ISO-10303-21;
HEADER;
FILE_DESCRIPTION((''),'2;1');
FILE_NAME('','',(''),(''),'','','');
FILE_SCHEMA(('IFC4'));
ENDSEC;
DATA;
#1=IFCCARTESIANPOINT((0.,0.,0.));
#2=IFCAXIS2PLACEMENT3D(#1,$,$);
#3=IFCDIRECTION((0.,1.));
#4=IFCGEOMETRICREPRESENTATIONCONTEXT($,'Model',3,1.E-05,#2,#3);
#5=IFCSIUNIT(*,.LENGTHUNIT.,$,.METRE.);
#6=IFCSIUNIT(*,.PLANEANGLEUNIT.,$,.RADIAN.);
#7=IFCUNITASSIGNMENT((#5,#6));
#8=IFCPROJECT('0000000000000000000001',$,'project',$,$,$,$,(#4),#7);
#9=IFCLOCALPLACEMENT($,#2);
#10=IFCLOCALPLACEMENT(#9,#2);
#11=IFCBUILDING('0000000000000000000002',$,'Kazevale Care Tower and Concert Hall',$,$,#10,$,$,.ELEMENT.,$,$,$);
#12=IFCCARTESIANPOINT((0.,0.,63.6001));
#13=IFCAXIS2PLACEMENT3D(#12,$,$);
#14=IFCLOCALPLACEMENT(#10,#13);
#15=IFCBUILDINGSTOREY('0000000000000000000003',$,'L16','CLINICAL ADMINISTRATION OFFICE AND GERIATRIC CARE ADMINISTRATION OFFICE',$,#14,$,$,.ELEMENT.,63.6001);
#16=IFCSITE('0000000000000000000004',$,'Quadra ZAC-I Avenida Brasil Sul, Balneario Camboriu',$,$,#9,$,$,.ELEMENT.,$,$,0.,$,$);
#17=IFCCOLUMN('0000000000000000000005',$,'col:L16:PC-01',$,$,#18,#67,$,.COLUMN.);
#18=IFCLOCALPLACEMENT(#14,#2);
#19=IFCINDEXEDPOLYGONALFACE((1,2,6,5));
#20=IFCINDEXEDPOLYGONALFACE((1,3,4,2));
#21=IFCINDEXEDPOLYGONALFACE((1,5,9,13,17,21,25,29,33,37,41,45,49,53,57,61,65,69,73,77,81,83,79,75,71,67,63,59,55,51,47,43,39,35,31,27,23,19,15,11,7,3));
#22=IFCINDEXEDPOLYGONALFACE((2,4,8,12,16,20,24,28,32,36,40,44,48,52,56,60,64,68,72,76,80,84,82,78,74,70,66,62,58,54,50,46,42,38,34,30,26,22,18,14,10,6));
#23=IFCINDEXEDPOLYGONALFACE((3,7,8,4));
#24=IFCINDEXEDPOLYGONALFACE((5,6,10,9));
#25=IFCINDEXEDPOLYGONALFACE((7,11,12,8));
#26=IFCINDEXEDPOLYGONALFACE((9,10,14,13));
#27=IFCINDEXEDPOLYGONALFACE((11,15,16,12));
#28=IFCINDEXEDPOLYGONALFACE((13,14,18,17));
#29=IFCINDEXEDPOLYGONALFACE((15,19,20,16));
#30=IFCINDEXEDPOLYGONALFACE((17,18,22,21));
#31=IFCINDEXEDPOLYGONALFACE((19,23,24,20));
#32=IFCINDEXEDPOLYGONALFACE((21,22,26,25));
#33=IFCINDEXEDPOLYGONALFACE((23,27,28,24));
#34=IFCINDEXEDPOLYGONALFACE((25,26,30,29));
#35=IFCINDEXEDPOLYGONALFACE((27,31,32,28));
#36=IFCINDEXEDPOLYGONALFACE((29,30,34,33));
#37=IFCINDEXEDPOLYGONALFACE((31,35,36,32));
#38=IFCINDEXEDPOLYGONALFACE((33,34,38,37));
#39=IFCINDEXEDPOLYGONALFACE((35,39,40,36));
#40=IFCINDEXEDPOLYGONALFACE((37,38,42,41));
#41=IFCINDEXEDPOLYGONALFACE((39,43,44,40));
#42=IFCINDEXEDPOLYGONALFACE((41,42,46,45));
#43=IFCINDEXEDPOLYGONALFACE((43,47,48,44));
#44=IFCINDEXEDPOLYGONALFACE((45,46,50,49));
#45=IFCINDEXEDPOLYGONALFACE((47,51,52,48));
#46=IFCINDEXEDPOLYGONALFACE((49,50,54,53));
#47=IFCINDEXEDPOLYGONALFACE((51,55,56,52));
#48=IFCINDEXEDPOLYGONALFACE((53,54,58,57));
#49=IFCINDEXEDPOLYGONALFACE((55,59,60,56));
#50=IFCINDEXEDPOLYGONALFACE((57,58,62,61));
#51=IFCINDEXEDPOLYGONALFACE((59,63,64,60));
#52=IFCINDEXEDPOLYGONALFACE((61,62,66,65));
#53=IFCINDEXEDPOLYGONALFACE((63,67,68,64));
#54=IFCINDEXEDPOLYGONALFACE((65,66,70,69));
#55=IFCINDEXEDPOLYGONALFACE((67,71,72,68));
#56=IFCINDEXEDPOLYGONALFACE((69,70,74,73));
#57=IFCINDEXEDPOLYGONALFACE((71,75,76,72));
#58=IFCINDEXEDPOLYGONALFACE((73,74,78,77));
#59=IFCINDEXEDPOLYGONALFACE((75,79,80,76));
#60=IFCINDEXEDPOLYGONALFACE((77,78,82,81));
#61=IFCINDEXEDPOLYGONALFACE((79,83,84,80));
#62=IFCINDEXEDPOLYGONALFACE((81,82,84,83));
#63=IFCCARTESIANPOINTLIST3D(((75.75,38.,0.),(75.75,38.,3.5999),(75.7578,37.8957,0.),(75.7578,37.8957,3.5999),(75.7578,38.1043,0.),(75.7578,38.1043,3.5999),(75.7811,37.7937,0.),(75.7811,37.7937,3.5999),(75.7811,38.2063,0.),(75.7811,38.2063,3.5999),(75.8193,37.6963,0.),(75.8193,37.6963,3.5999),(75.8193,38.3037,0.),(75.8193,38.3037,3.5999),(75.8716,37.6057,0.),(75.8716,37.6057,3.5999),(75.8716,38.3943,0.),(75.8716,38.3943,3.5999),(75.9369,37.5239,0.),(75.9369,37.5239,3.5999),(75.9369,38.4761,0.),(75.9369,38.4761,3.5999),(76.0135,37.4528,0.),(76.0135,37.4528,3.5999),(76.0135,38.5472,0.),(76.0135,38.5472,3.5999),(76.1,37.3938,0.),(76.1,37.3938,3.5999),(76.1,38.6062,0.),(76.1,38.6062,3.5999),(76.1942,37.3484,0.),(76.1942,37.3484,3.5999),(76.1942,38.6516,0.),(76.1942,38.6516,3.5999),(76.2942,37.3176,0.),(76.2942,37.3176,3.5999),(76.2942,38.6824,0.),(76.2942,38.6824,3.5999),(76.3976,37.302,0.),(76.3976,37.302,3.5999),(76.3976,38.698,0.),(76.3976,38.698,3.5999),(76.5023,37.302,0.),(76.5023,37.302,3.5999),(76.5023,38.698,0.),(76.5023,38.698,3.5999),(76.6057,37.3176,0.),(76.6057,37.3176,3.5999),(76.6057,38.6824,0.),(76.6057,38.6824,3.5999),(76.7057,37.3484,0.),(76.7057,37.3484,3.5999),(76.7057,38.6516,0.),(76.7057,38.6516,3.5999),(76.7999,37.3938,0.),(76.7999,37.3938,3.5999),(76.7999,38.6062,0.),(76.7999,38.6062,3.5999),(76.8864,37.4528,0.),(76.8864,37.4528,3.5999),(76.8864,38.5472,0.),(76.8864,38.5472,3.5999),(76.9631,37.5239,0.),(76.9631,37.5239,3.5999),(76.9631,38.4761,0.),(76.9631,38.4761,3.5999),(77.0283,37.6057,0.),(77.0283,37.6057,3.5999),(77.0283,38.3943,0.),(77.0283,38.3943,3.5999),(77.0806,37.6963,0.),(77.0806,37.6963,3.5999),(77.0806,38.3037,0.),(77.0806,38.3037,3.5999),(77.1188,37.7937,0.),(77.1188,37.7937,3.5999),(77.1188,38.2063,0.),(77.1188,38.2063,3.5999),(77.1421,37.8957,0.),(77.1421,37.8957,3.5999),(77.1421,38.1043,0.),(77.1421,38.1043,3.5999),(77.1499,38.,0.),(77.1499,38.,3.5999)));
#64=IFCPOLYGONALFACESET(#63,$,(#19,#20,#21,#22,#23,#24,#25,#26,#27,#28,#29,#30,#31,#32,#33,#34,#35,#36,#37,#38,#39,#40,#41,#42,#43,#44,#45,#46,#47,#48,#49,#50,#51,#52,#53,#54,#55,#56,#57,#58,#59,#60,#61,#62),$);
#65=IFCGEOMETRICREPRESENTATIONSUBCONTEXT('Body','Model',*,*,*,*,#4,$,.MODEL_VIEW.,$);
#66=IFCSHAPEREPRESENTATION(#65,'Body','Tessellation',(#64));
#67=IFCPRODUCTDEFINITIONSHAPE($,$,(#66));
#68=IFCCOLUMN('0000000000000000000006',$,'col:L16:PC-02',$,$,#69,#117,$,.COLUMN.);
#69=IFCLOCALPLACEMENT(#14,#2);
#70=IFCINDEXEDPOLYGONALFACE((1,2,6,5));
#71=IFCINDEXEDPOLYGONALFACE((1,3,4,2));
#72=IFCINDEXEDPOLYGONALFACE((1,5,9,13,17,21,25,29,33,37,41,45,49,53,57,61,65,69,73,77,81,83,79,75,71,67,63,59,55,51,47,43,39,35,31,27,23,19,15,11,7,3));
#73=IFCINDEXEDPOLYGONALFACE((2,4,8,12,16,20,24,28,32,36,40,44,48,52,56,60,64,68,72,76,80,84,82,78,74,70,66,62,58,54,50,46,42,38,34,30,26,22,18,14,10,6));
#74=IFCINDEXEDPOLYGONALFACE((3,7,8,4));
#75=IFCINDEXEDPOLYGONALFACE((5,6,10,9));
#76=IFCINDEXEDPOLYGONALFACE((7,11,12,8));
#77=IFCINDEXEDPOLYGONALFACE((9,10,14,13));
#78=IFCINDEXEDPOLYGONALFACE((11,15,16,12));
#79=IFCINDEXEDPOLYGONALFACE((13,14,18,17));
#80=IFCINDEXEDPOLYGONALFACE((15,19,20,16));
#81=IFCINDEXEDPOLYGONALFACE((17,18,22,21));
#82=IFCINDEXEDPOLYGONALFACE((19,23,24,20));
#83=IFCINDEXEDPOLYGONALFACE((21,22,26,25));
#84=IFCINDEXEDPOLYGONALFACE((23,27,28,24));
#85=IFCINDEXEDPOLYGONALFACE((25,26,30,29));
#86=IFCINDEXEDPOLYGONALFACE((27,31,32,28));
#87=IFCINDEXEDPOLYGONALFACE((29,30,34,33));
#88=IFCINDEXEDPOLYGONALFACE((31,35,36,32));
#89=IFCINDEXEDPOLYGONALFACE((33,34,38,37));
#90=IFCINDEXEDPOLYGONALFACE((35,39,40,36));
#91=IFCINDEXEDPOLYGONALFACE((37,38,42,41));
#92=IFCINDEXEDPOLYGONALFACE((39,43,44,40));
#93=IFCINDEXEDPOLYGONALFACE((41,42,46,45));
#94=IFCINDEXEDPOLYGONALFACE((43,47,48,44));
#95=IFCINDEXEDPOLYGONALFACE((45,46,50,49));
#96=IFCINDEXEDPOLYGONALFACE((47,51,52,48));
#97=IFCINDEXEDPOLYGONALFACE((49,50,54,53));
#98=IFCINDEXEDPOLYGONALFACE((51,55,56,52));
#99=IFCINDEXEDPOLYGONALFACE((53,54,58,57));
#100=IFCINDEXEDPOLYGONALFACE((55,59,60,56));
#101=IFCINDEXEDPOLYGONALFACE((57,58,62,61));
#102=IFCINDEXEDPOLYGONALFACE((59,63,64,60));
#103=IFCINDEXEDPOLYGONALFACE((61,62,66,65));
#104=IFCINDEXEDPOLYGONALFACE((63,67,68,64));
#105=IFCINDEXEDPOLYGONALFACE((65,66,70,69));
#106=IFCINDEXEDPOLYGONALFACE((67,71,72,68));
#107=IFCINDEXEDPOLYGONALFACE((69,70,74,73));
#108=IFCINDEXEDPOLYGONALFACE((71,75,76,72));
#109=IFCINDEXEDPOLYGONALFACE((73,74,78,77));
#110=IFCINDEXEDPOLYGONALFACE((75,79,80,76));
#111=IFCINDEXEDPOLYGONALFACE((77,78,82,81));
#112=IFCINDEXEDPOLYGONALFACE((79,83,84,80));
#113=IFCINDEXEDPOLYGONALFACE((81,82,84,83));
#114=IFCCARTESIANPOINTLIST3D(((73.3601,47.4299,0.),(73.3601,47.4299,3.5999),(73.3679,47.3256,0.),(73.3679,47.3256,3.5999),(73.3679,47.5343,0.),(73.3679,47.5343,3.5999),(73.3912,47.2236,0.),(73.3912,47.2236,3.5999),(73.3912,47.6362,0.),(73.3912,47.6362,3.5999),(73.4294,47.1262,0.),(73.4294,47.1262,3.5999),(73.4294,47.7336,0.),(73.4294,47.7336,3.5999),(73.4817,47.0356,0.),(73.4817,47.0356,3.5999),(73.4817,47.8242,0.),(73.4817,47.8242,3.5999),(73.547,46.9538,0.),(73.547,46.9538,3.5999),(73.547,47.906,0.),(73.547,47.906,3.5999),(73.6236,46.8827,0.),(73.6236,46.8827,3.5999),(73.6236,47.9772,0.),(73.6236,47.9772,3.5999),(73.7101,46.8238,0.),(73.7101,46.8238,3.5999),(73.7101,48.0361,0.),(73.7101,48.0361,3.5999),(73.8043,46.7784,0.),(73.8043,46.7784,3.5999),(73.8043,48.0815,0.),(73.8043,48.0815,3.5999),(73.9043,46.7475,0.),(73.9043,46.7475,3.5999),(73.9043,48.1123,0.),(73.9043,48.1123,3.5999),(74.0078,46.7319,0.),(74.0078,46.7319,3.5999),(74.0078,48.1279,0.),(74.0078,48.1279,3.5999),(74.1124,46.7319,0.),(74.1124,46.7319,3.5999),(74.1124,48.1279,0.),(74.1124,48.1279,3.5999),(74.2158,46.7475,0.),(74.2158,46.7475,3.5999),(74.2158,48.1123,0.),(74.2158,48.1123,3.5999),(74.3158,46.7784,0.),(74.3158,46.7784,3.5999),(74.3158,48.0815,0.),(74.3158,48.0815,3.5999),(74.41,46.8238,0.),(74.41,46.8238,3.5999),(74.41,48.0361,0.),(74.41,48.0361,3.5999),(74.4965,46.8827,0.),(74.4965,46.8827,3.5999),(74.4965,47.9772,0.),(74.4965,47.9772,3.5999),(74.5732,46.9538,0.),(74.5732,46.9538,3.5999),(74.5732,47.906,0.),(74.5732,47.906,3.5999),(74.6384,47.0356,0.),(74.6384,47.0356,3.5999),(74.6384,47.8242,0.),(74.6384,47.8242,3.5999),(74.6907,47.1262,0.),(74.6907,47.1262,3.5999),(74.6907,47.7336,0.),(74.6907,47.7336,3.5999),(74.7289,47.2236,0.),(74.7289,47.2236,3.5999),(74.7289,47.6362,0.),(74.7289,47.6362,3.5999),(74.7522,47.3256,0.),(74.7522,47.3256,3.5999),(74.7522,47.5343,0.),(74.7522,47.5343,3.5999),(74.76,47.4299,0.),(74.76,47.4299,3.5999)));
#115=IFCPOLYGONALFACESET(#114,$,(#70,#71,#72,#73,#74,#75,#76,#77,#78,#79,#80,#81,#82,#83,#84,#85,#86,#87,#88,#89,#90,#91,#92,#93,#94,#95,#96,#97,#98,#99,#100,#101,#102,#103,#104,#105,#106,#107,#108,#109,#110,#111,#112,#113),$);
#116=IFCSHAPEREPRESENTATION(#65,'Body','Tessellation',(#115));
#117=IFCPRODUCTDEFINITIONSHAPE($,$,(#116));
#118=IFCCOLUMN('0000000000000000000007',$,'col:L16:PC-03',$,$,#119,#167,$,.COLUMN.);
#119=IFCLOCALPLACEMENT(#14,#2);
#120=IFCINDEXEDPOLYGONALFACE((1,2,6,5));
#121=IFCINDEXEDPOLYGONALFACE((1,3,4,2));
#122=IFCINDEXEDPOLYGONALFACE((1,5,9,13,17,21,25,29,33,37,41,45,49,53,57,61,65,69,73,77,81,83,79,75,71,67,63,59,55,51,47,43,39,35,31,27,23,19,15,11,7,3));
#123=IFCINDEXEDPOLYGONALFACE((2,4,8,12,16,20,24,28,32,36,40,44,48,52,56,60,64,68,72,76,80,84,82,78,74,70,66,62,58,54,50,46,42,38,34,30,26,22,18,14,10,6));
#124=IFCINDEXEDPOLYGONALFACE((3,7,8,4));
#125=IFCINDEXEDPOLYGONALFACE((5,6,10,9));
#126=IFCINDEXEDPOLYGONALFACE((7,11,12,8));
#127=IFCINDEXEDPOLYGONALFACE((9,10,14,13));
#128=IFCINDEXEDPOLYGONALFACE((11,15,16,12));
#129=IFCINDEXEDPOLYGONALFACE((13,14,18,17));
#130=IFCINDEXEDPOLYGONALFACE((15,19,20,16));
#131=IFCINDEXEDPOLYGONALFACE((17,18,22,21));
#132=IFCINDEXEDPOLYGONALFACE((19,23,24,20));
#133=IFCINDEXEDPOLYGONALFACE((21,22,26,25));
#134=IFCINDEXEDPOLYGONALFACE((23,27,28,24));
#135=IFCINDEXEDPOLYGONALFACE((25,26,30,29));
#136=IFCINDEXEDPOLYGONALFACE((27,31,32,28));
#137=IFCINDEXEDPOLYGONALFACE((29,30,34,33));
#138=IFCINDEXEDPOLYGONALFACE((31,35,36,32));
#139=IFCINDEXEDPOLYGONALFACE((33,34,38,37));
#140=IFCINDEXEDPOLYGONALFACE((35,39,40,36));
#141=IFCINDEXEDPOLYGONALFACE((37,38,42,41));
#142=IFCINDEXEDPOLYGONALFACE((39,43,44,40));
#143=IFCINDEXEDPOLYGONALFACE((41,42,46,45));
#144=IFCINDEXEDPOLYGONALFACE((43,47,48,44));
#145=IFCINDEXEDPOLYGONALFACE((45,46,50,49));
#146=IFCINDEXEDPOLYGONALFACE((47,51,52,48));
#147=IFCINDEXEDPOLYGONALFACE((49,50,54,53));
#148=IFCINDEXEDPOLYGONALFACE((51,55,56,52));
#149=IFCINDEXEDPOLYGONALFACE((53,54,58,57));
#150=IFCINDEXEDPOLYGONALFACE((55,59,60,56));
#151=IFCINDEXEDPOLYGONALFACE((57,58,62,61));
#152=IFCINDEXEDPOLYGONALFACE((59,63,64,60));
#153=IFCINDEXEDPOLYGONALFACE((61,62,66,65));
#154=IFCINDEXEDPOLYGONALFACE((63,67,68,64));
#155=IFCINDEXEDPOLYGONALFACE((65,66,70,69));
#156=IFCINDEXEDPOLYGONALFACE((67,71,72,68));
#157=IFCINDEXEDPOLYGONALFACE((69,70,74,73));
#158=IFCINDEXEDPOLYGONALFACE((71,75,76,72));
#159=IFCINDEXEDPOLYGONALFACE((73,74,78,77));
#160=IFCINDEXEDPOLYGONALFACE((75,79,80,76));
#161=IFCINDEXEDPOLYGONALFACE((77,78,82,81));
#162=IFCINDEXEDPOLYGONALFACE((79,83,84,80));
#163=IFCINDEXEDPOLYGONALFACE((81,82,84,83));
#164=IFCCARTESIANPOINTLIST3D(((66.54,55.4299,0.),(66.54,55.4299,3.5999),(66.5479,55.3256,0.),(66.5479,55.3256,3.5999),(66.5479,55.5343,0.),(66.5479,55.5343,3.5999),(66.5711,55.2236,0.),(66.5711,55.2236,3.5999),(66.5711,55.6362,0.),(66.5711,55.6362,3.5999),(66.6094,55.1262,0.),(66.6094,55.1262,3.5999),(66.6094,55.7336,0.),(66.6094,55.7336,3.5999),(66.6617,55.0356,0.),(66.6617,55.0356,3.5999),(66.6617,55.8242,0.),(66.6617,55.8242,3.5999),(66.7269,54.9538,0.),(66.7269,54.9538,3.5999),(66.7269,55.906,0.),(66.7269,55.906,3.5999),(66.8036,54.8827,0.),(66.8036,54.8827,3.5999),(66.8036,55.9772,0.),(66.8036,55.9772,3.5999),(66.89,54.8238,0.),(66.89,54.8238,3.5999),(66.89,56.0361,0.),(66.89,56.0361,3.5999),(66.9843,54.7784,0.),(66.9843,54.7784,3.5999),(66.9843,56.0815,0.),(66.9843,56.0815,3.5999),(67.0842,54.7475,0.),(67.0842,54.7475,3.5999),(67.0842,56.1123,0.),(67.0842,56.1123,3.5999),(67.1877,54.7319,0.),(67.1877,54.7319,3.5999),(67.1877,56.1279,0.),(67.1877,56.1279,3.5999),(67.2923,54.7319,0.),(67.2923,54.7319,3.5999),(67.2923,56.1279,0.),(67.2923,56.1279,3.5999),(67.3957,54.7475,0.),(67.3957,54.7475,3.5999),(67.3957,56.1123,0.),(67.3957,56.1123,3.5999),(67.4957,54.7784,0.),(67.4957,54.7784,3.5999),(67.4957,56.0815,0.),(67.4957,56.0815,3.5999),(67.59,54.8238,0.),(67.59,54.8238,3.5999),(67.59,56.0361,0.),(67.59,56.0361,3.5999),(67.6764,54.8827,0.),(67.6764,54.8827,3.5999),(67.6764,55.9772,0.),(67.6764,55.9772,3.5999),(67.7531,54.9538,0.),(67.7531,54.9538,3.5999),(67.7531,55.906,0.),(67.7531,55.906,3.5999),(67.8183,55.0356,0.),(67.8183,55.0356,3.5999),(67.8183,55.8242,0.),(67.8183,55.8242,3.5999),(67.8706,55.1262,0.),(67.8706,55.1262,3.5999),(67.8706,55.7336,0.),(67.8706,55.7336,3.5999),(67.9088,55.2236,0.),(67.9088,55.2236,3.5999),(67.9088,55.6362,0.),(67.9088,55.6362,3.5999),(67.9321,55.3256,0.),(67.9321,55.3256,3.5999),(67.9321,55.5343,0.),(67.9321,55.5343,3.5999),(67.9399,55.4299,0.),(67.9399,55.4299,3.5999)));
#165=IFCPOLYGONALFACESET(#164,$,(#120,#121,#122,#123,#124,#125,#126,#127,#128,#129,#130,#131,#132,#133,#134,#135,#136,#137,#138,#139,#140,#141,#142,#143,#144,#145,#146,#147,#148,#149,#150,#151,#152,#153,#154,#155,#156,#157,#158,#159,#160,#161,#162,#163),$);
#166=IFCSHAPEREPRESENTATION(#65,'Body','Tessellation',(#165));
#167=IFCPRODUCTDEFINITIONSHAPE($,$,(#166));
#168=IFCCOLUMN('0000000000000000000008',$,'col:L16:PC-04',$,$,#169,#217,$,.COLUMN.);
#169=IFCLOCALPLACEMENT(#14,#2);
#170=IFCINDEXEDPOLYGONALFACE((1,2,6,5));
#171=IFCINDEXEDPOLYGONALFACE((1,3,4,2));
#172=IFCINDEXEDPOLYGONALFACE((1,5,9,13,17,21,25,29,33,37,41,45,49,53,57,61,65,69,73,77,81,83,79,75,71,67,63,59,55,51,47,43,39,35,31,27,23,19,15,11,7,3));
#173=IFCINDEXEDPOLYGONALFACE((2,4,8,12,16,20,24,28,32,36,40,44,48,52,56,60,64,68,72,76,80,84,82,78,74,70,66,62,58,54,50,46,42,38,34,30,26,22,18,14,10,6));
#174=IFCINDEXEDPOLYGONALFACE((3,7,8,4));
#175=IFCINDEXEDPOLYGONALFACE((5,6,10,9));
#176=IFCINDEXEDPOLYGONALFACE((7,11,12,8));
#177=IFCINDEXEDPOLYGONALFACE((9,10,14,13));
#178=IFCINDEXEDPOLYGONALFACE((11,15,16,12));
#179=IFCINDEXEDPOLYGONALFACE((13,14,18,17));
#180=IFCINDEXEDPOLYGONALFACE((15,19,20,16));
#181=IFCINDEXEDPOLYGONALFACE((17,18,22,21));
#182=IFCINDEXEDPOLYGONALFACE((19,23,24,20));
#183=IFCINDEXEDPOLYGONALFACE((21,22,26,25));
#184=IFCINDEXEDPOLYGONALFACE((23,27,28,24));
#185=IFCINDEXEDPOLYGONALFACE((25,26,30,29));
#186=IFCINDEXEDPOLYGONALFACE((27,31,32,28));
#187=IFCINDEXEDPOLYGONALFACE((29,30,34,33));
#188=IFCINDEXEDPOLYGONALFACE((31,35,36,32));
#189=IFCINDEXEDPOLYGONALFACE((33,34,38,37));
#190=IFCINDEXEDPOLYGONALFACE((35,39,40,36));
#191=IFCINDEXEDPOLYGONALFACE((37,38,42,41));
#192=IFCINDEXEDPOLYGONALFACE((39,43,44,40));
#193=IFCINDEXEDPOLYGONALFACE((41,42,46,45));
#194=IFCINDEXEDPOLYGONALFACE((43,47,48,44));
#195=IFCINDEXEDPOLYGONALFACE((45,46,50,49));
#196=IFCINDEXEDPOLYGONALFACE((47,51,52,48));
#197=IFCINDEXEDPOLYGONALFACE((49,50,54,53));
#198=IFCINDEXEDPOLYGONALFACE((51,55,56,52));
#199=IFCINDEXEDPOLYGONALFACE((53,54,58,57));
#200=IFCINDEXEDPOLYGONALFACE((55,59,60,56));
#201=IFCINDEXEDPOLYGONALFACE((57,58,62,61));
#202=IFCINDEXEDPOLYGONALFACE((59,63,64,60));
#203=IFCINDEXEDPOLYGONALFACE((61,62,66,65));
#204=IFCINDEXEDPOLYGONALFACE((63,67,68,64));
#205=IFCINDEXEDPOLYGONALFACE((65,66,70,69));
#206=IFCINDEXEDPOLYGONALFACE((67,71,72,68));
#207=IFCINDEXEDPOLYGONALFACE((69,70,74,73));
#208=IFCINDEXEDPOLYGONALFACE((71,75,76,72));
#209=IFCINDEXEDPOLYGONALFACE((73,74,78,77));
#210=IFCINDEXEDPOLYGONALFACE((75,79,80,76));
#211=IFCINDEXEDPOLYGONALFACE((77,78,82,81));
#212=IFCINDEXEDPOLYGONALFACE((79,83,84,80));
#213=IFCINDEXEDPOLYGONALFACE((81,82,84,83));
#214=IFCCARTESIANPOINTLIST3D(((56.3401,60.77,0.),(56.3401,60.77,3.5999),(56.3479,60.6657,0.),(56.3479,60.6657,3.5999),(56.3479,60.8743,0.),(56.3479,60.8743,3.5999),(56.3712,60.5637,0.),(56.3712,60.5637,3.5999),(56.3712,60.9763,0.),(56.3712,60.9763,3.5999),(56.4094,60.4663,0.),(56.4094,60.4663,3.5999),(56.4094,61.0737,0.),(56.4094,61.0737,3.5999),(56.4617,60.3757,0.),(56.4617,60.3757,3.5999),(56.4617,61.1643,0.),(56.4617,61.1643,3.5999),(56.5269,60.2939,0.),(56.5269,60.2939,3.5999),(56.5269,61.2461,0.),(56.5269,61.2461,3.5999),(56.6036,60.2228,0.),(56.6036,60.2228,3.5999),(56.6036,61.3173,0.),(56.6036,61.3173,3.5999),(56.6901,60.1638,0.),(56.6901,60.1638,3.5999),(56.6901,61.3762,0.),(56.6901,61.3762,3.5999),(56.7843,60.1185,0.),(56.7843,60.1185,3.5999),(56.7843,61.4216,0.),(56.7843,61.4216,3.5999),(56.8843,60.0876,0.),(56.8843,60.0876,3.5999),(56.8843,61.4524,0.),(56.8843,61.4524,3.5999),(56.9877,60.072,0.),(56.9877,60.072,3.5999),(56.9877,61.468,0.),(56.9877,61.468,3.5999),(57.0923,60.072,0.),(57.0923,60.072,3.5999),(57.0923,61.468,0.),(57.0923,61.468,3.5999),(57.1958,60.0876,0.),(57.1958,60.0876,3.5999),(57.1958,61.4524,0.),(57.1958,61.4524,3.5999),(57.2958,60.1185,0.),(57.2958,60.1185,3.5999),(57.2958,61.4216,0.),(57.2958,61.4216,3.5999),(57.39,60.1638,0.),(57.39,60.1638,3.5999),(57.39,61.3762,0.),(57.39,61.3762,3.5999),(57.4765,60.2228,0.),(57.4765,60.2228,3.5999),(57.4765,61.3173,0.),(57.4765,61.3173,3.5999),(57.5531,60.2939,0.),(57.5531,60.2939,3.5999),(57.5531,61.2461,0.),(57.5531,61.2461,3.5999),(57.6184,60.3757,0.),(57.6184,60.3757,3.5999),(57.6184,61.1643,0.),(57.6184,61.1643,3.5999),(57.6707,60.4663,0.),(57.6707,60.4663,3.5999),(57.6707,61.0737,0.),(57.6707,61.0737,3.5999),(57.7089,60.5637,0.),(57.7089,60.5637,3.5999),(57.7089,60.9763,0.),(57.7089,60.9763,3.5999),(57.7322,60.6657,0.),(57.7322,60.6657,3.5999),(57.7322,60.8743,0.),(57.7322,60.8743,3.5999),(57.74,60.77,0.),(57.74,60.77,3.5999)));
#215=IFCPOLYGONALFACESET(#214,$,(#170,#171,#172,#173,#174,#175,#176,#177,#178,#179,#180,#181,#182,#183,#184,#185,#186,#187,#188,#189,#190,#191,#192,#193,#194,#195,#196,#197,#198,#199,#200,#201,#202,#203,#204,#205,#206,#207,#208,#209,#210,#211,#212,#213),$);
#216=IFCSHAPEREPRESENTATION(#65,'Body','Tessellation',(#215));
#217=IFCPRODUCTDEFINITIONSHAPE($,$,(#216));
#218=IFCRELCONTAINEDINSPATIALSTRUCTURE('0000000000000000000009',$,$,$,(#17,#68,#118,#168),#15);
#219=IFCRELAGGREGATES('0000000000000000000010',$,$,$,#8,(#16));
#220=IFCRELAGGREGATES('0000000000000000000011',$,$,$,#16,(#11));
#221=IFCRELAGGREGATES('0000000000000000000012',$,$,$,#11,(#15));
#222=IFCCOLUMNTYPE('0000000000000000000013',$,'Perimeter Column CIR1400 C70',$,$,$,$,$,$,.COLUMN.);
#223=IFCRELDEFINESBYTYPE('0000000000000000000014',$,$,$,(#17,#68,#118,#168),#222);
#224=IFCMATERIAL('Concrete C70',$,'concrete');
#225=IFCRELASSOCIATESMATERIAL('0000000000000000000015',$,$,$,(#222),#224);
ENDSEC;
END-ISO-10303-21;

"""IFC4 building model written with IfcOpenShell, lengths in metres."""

from ifc_helpers import new_model, si_unit, direction, frame, origin, origin_2d, place, context, subcontext, project, spatial, circle, extrude, material, material_profile, profile_set, type_object, element, save


model = new_model("IFC4")

# Units and contexts
model_context = context("Model", 3, precision=1e-05, world=origin(), true_north=direction((0.0, 1.0)))
body_context = subcontext(model_context, "Body", "Model", "MODEL_VIEW")
ifc_project = project(units=[si_unit("LENGTHUNIT", "METRE"), si_unit("PLANEANGLEUNIT", "RADIAN")], contexts=[model_context])

# Site, building, storey
site_placement = place(None, origin())
site = spatial("IfcSite", under=ifc_project, at=site_placement, Name="Quadra ZAC-I Avenida Brasil Sul, Balneario Camboriu", CompositionType="ELEMENT", RefElevation=0.0)
building_placement = place(site_placement, origin())
building = spatial("IfcBuilding", under=site, at=building_placement, Name="Kazevale Care Tower and Concert Hall", CompositionType="ELEMENT")
storey_placement = place(building_placement, frame((0.0, 0.0, 63.6001)))
storey = spatial("IfcBuildingStorey", under=building, at=storey_placement, Name="L16", Description="CLINICAL ADMINISTRATION OFFICE AND GERIATRIC CARE ADMINISTRATION OFFICE", CompositionType="ELEMENT", Elevation=63.6001)

# Columns
ifc_material_1 = material(Name="Concrete C70", Category="concrete")
ifc_material_profile_1 = material_profile(ifc_material_1, circle(Radius=0.7, at=origin_2d()), Name="RC-CIR1400")
ifc_profile_set_1 = profile_set([ifc_material_profile_1], Name="Concrete C70")
column_type = type_object("IfcColumnType", Name="Perimeter Column CIR1400 C70", PredefinedType="COLUMN", material=ifc_profile_set_1)
for number, where, z_axis, x_axis, name in (
    (1, (76.45, 38.0, 0.0), (0.0, 0.0, 1.0), (1.0, 0.0, 0.0), "col:L16:PC-01"),
    (2, (74.0601, 47.4299, 0.0), (0.0, 0.0, 1.0), (1.0, 0.0, 0.0), "col:L16:PC-02"),
    (3, (67.24, 55.4299, 0.0), (0.0, 0.0, 1.0), (1.0, 0.0, 0.0), "col:L16:PC-03"),
    (4, (57.04, 60.77, 0.0), (0.0, 0.0, 1.0), (1.0, 0.0, 0.0), "col:L16:PC-04"),
):
    element("IfcColumn", number, at=place(storey_placement, frame(where, z_axis=z_axis, x_axis=x_axis)), inside=storey, type_object=column_type, Name=name, PredefinedType="COLUMN", context=body_context, shape_type="SweptSolid", body=[
        extrude(circle(Radius=0.7, at=origin_2d()), origin(), (0.0, 0.0, 1.0), 3.5999),
    ])

save(model, "model.ifc")
